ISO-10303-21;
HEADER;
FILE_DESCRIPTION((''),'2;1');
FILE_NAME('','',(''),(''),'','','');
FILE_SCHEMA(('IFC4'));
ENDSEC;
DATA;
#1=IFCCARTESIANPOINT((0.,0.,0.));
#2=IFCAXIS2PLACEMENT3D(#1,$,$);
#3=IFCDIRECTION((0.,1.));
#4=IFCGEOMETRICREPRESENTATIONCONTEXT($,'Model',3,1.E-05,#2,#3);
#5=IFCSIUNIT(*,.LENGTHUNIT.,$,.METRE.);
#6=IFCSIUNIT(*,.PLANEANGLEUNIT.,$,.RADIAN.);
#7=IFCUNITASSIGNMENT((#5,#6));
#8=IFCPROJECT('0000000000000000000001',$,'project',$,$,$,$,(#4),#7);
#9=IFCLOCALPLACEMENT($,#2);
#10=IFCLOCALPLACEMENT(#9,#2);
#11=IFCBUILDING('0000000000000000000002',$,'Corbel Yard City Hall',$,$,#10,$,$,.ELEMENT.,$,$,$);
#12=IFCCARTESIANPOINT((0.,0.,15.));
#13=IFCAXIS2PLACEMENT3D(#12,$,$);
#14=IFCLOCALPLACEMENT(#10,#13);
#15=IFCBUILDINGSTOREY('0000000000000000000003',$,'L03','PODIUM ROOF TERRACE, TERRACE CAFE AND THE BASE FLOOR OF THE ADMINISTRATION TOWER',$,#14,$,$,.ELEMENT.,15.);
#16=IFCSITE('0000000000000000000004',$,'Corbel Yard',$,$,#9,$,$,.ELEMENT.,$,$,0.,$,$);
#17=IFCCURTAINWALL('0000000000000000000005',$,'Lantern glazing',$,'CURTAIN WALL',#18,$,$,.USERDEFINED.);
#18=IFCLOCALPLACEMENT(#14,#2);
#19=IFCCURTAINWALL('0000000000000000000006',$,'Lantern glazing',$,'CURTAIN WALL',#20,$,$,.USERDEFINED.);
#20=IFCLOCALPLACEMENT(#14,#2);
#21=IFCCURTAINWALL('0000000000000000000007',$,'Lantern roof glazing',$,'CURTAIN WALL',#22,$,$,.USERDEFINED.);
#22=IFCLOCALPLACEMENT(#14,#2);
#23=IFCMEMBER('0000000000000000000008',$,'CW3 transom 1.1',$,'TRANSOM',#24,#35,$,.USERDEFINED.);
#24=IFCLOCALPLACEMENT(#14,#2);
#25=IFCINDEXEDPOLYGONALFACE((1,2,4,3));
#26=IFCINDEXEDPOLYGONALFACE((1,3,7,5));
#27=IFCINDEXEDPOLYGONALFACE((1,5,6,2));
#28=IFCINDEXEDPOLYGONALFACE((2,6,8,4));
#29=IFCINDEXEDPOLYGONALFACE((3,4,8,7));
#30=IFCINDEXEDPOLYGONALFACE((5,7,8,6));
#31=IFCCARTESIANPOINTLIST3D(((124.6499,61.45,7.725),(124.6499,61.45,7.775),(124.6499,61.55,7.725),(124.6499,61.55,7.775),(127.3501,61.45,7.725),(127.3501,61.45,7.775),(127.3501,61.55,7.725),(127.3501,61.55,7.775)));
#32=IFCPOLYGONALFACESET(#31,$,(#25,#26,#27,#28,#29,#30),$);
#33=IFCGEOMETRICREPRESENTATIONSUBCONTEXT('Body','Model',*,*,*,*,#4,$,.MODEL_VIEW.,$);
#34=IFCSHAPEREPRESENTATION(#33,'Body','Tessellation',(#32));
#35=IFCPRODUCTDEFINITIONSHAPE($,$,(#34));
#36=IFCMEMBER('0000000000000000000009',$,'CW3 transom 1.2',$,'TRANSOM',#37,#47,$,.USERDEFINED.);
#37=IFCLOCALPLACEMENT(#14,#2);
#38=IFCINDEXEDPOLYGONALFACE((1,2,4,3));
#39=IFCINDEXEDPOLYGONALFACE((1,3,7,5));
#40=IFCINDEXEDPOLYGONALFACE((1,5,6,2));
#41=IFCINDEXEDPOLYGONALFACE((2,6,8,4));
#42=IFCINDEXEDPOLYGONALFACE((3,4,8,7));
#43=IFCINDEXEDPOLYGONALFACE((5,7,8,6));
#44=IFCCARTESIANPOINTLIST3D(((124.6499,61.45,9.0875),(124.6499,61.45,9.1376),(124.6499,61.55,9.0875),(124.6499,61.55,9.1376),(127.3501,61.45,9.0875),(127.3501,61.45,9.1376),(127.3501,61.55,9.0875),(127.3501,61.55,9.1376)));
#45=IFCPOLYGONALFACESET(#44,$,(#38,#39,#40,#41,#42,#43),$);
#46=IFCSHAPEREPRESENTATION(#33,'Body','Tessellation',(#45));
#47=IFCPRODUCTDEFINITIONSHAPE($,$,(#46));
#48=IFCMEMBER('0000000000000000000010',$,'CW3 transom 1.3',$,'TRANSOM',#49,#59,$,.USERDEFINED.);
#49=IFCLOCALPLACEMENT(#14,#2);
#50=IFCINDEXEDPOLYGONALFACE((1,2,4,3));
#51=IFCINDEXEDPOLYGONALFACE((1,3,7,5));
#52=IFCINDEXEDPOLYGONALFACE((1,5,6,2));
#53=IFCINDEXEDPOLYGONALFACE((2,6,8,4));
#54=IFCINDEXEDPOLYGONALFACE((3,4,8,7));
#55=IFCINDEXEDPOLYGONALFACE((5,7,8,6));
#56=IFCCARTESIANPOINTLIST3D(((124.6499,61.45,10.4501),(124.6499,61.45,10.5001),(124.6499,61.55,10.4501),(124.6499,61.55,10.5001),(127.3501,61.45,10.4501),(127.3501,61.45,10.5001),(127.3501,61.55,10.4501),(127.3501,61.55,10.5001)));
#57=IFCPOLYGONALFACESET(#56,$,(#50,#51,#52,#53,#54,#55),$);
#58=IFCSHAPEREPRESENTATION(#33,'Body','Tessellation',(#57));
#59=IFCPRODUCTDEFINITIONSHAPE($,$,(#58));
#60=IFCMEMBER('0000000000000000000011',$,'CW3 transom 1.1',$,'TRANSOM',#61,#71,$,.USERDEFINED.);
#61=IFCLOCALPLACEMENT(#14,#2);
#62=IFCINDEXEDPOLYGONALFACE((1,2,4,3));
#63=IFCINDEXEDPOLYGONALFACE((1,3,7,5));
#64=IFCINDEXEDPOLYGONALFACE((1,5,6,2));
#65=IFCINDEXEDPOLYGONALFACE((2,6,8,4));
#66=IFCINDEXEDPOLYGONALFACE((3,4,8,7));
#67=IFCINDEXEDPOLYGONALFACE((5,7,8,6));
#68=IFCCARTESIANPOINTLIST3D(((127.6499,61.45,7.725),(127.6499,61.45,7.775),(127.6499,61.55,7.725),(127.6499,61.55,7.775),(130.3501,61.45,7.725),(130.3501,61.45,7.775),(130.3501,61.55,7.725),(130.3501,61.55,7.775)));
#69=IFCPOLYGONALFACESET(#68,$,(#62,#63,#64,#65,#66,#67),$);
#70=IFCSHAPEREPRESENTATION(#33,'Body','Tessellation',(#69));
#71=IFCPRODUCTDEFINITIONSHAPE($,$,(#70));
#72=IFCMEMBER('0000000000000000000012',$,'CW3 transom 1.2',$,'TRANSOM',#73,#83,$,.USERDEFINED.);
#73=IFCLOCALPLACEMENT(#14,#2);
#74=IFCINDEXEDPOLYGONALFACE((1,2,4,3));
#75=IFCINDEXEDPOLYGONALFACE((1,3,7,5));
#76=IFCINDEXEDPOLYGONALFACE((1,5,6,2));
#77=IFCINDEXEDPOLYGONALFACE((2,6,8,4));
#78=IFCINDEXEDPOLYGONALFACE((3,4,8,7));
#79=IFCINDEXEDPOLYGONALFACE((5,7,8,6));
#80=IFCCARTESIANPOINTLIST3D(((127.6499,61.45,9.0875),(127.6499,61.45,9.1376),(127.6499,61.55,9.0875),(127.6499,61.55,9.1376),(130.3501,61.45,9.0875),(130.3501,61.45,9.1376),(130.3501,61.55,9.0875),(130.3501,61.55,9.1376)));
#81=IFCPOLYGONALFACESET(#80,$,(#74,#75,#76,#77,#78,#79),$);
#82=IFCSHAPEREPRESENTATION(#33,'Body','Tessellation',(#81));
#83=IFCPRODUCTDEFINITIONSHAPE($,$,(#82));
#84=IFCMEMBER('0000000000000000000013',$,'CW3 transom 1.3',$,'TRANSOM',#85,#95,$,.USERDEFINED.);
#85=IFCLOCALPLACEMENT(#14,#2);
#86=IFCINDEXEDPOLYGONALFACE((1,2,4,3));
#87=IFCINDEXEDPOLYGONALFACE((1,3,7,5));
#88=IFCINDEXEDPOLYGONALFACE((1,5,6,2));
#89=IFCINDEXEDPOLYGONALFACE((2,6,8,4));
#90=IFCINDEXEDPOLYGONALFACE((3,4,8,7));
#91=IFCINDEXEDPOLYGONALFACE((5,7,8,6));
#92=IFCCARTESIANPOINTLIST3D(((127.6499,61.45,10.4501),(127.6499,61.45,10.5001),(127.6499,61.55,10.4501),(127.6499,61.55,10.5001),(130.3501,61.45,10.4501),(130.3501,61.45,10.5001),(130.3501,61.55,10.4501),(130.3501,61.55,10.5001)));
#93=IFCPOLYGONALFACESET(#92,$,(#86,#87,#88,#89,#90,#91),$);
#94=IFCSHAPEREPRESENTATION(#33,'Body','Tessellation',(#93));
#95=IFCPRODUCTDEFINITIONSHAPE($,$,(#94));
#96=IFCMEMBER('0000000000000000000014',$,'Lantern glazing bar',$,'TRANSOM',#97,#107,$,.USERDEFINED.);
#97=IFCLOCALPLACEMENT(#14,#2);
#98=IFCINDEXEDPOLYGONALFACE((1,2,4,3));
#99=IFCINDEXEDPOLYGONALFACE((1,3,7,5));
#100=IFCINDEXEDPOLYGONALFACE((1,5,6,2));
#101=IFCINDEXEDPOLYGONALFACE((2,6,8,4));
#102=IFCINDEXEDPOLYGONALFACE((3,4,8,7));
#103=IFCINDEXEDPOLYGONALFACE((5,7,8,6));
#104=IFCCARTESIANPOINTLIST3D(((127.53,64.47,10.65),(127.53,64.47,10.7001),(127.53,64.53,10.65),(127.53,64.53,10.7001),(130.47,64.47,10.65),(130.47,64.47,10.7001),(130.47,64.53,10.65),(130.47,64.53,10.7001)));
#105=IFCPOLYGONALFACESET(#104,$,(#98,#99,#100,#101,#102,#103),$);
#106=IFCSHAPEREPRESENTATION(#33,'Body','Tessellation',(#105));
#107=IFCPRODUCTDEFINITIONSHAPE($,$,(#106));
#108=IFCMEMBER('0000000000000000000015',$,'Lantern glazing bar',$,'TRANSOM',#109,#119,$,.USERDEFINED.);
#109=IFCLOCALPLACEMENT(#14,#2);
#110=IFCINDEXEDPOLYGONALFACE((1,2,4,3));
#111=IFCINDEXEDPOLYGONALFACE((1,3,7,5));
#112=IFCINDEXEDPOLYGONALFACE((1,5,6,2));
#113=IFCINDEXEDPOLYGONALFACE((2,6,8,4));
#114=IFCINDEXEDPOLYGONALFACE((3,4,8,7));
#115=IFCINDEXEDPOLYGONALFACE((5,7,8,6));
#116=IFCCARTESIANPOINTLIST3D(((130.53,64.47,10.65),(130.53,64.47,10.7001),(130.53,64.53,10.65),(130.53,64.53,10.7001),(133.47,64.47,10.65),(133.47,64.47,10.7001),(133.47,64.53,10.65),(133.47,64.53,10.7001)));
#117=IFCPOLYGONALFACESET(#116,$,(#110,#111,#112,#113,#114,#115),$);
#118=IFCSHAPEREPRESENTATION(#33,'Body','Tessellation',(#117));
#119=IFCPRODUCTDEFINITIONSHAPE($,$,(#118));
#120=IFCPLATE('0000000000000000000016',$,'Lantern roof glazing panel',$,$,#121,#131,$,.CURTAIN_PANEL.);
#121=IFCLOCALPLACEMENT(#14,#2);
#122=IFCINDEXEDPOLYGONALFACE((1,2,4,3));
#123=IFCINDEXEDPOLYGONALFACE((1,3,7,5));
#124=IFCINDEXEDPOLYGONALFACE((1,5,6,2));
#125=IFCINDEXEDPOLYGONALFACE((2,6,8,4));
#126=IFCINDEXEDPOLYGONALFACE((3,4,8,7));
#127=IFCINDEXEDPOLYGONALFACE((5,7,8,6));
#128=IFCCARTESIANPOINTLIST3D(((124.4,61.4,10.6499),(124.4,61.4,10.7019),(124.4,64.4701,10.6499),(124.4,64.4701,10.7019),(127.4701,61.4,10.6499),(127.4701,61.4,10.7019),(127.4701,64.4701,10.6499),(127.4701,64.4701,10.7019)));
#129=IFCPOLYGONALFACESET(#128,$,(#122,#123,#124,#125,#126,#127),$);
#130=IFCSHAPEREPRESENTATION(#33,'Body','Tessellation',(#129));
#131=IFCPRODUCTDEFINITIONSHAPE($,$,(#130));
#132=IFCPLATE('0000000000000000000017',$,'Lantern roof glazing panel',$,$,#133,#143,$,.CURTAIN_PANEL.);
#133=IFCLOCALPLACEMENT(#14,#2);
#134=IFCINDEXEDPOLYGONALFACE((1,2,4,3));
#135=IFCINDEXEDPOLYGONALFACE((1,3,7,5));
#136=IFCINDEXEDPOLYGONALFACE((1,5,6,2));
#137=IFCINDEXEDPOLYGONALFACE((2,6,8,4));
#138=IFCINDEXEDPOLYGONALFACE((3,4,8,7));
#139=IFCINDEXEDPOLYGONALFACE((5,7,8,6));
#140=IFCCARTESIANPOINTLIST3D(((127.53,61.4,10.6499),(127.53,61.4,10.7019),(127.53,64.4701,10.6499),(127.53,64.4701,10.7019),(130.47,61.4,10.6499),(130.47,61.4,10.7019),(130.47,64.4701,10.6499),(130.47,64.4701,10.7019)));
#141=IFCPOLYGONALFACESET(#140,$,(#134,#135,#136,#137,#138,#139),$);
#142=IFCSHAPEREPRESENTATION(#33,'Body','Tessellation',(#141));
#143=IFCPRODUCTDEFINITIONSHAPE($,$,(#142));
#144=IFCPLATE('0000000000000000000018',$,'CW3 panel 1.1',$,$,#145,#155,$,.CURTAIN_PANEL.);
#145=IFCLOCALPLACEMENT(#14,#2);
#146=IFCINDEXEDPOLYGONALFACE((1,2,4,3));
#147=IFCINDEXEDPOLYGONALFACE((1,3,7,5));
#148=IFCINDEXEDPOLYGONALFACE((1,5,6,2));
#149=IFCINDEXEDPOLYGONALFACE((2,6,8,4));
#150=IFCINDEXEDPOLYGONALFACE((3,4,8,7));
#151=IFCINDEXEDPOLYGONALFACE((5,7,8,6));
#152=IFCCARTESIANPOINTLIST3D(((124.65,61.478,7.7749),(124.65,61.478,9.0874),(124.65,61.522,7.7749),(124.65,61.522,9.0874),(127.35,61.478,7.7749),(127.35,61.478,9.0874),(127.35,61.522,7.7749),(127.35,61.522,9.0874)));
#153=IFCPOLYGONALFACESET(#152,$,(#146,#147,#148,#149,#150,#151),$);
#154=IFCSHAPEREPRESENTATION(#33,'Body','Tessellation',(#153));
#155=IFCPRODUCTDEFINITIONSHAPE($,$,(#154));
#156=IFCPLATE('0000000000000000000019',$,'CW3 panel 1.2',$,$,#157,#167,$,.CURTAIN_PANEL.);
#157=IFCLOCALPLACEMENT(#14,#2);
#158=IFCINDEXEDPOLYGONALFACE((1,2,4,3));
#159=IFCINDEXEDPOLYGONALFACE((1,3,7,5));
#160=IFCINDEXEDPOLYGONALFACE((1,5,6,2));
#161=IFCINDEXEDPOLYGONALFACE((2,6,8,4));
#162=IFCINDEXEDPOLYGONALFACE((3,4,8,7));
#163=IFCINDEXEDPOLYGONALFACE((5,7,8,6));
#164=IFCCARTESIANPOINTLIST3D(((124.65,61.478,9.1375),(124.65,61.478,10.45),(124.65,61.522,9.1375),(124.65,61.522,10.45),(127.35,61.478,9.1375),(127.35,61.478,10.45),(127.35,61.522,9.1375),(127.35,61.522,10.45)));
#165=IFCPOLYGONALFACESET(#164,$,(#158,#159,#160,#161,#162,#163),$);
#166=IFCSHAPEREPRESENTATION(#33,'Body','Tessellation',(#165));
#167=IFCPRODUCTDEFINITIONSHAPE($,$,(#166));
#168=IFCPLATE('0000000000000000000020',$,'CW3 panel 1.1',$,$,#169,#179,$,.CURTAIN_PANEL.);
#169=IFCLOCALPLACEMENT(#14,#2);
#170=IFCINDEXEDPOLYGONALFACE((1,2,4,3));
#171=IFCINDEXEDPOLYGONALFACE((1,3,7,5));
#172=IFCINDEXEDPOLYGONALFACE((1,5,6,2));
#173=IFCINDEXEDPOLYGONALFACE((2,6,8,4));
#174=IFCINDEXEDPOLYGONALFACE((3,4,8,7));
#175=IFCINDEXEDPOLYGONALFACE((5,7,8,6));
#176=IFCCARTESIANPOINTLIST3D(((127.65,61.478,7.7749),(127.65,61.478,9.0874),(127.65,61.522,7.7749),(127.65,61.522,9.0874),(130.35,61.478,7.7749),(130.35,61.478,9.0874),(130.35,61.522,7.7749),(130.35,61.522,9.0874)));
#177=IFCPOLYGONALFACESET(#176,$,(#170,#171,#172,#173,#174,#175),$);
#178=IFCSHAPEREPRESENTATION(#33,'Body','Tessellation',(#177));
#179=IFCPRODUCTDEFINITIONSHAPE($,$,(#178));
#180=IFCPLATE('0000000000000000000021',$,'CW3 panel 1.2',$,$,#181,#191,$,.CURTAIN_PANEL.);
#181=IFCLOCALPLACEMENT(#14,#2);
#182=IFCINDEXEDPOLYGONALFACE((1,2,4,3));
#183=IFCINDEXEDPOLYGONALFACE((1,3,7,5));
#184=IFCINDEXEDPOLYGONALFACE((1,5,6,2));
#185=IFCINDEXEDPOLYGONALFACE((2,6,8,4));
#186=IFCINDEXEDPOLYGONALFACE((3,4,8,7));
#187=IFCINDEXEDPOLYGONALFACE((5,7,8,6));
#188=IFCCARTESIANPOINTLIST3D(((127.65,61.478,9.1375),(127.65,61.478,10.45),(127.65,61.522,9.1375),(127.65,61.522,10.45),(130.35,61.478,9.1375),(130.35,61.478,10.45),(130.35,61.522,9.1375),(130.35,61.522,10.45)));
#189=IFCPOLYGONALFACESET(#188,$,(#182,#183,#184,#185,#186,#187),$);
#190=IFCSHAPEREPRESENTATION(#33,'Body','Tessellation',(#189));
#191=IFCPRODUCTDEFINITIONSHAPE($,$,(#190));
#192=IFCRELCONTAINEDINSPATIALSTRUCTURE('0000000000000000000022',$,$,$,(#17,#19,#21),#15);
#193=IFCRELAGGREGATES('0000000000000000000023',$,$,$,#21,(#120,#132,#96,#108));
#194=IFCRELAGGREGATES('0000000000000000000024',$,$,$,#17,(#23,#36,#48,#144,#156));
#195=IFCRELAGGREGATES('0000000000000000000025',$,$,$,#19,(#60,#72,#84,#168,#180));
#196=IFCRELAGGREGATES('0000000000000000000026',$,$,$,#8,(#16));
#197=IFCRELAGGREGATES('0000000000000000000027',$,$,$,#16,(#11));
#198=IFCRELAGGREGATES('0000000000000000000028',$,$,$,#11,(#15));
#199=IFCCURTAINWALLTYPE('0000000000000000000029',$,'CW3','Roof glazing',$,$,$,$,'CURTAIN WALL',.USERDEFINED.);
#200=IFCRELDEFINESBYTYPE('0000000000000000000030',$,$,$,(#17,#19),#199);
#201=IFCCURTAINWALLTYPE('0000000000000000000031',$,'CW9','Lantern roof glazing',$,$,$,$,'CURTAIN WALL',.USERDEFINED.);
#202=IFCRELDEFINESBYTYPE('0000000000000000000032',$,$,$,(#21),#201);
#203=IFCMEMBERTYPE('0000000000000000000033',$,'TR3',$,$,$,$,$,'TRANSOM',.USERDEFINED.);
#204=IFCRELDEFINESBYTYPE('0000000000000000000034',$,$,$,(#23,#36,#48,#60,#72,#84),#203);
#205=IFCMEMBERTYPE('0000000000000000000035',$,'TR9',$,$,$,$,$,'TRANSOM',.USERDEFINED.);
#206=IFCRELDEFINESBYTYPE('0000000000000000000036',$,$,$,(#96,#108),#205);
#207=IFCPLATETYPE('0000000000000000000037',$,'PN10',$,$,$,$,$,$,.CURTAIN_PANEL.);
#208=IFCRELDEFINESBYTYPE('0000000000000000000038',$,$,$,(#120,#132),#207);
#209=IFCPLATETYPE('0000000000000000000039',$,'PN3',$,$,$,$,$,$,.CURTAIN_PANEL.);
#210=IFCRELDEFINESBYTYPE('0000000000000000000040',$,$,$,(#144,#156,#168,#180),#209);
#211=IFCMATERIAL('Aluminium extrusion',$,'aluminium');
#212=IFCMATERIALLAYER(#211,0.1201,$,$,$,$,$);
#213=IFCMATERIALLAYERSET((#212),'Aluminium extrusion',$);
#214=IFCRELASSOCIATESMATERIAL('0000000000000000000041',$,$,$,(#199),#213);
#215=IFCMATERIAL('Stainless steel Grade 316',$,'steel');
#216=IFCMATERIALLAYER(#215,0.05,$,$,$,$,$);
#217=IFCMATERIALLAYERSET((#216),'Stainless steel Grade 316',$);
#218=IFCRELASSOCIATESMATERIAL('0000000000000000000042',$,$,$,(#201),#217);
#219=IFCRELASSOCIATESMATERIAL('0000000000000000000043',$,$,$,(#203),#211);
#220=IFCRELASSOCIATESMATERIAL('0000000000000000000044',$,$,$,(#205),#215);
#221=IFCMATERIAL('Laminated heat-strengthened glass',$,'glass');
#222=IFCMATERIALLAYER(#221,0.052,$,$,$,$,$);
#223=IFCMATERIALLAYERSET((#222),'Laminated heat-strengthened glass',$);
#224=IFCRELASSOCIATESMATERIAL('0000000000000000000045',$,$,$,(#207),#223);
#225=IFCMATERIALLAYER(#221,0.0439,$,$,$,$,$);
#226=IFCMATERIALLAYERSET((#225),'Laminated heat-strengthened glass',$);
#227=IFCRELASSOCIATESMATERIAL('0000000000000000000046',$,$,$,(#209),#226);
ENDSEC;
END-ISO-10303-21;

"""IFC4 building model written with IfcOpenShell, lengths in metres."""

from ifc_helpers import new_model, si_unit, direction, frame, origin, origin_2d, place, context, subcontext, project, spatial, rectangle, extrude, material, layer, layer_set, material_profile, profile_set, type_object, element, aggregate, save


model = new_model("IFC4")

# Units and contexts
model_context = context("Model", 3, precision=1e-05, world=origin(), true_north=direction((0.0, 1.0)))
body_context = subcontext(model_context, "Body", "Model", "MODEL_VIEW")
ifc_project = project(units=[si_unit("LENGTHUNIT", "METRE"), si_unit("PLANEANGLEUNIT", "RADIAN")], contexts=[model_context])

# Site, building, storey
site_placement = place(None, origin())
site = spatial("IfcSite", under=ifc_project, at=site_placement, Name="Corbel Yard", CompositionType="ELEMENT", RefElevation=0.0)
building_placement = place(site_placement, origin())
building = spatial("IfcBuilding", under=site, at=building_placement, Name="Corbel Yard City Hall", CompositionType="ELEMENT")
storey_placement = place(building_placement, frame((0.0, 0.0, 15.0)))
storey = spatial("IfcBuildingStorey", under=building, at=storey_placement, Name="L03", Description="PODIUM ROOF TERRACE, TERRACE CAFE AND THE BASE FLOOR OF THE ADMINISTRATION TOWER", CompositionType="ELEMENT", Elevation=15.0)

# Curtain wall
ifc_material_1 = material(Name="Aluminium extrusion", Category="aluminium")
ifc_layer_1 = layer(ifc_material_1, 0.1201)
ifc_layer_set_1 = layer_set([ifc_layer_1], Name="Aluminium extrusion")
curtain_wall_type_1 = type_object("IfcCurtainWallType", Name="CW3", Description="Roof glazing", ElementType="CURTAIN WALL", PredefinedType="USERDEFINED", material=ifc_layer_set_1)
curtain_wall_1_placement = place(storey_placement, origin())
curtain_wall_1 = element("IfcCurtainWall", 1, at=curtain_wall_1_placement, inside=storey, type_object=curtain_wall_type_1, Name="Lantern glazing", ObjectType="CURTAIN WALL", PredefinedType="USERDEFINED")

# Curtain walls
curtain_wall_2_placement = place(storey_placement, origin())
curtain_wall_2 = element("IfcCurtainWall", 2, at=curtain_wall_2_placement, inside=storey, type_object=curtain_wall_type_1, Name="Lantern glazing", ObjectType="CURTAIN WALL", PredefinedType="USERDEFINED")
ifc_material_2 = material(Name="Stainless steel Grade 316", Category="steel")
ifc_layer_2 = layer(ifc_material_2, 0.05)
ifc_layer_set_2 = layer_set([ifc_layer_2], Name="Stainless steel Grade 316")
curtain_wall_type_2 = type_object("IfcCurtainWallType", Name="CW9", Description="Lantern roof glazing", ElementType="CURTAIN WALL", PredefinedType="USERDEFINED", material=ifc_layer_set_2)
curtain_wall_3_placement = place(storey_placement, origin())
curtain_wall_3 = element("IfcCurtainWall", 3, at=curtain_wall_3_placement, inside=storey, type_object=curtain_wall_type_2, Name="Lantern roof glazing", ObjectType="CURTAIN WALL", PredefinedType="USERDEFINED")

# Shared definitions
ifc_material_profile_1 = material_profile(ifc_material_1, rectangle(XDim=0.1001, YDim=0.05, at=origin_2d()), Name="100x50")
ifc_profile_set_1 = profile_set([ifc_material_profile_1], Name="Aluminium extrusion")
member_type_1 = type_object("IfcMemberType", Name="TR3", ElementType="TRANSOM", PredefinedType="USERDEFINED", material=ifc_profile_set_1)

# Members
member_1_placement = place(storey_placement, frame((124.6499, 61.5, 7.75), z_axis=(1.0, 0.0, 0.0), x_axis=(0.0, 1.0, 0.0)))
member_1 = element("IfcMember", 4, at=member_1_placement, type_object=member_type_1, Name="CW3 transom 1.1", ObjectType="TRANSOM", PredefinedType="USERDEFINED", context=body_context, shape_type="SweptSolid", body=[
    extrude(rectangle(XDim=0.1001, YDim=0.05, at=origin_2d()), origin(), (0.0, 0.0, 1.0), 2.7002),
])
member_2_placement = place(storey_placement, frame((124.6499, 61.5, 9.1125), z_axis=(1.0, 0.0, 0.0), x_axis=(0.0, 1.0, 0.0)))
member_2 = element("IfcMember", 5, at=member_2_placement, type_object=member_type_1, Name="CW3 transom 1.2", ObjectType="TRANSOM", PredefinedType="USERDEFINED", context=body_context, shape_type="SweptSolid", body=[
    extrude(rectangle(XDim=0.1001, YDim=0.05, at=origin_2d()), origin(), (0.0, 0.0, 1.0), 2.7002),
])
member_3_placement = place(storey_placement, frame((124.6499, 61.5, 10.4751), z_axis=(1.0, 0.0, 0.0), x_axis=(0.0, 1.0, 0.0)))
member_3 = element("IfcMember", 6, at=member_3_placement, type_object=member_type_1, Name="CW3 transom 1.3", ObjectType="TRANSOM", PredefinedType="USERDEFINED", context=body_context, shape_type="SweptSolid", body=[
    extrude(rectangle(XDim=0.1001, YDim=0.05, at=origin_2d()), origin(), (0.0, 0.0, 1.0), 2.7002),
])
member_4_placement = place(storey_placement, frame((127.6499, 61.5, 7.75), z_axis=(1.0, 0.0, 0.0), x_axis=(0.0, 1.0, 0.0)))
member_4 = element("IfcMember", 7, at=member_4_placement, type_object=member_type_1, Name="CW3 transom 1.1", ObjectType="TRANSOM", PredefinedType="USERDEFINED", context=body_context, shape_type="SweptSolid", body=[
    extrude(rectangle(XDim=0.1001, YDim=0.05, at=origin_2d()), origin(), (0.0, 0.0, 1.0), 2.7002),
])
member_5_placement = place(storey_placement, frame((127.6499, 61.5, 9.1125), z_axis=(1.0, 0.0, 0.0), x_axis=(0.0, 1.0, 0.0)))
member_5 = element("IfcMember", 8, at=member_5_placement, type_object=member_type_1, Name="CW3 transom 1.2", ObjectType="TRANSOM", PredefinedType="USERDEFINED", context=body_context, shape_type="SweptSolid", body=[
    extrude(rectangle(XDim=0.1001, YDim=0.05, at=origin_2d()), origin(), (0.0, 0.0, 1.0), 2.7002),
])
member_6_placement = place(storey_placement, frame((127.6499, 61.5, 10.4751), z_axis=(1.0, 0.0, 0.0), x_axis=(0.0, 1.0, 0.0)))
member_6 = element("IfcMember", 9, at=member_6_placement, type_object=member_type_1, Name="CW3 transom 1.3", ObjectType="TRANSOM", PredefinedType="USERDEFINED", context=body_context, shape_type="SweptSolid", body=[
    extrude(rectangle(XDim=0.1001, YDim=0.05, at=origin_2d()), origin(), (0.0, 0.0, 1.0), 2.7002),
])
ifc_material_profile_2 = material_profile(ifc_material_2, rectangle(XDim=0.0601, YDim=0.05, at=origin_2d()), Name="60x50")
ifc_profile_set_2 = profile_set([ifc_material_profile_2], Name="Stainless steel Grade 316")
member_type_2 = type_object("IfcMemberType", Name="TR9", ElementType="TRANSOM", PredefinedType="USERDEFINED", material=ifc_profile_set_2)
member_7_placement = place(storey_placement, frame((127.53, 64.5, 10.675), z_axis=(1.0, 0.0, 0.0), x_axis=(0.0, 1.0, 0.0)))
member_7 = element("IfcMember", 10, at=member_7_placement, type_object=member_type_2, Name="Lantern glazing bar", ObjectType="TRANSOM", PredefinedType="USERDEFINED", context=body_context, shape_type="SweptSolid", body=[
    extrude(rectangle(XDim=0.0601, YDim=0.05, at=origin_2d()), origin(), (0.0, 0.0, 1.0), 2.9399),
])
member_8_placement = place(storey_placement, frame((130.53, 64.5, 10.675), z_axis=(1.0, 0.0, 0.0), x_axis=(0.0, 1.0, 0.0)))
member_8 = element("IfcMember", 11, at=member_8_placement, type_object=member_type_2, Name="Lantern glazing bar", ObjectType="TRANSOM", PredefinedType="USERDEFINED", context=body_context, shape_type="SweptSolid", body=[
    extrude(rectangle(XDim=0.0601, YDim=0.05, at=origin_2d()), origin(), (0.0, 0.0, 1.0), 2.9399),
])

# Plates
ifc_material_3 = material(Name="Laminated heat-strengthened glass", Category="glass")
ifc_layer_3 = layer(ifc_material_3, 0.052)
ifc_layer_set_3 = layer_set([ifc_layer_3], Name="Laminated heat-strengthened glass")
plate_type_1 = type_object("IfcPlateType", Name="PN10", PredefinedType="CURTAIN_PANEL", material=ifc_layer_set_3)
plate_1_placement = place(storey_placement, frame((125.9351, 62.9351, 10.6499), z_axis=(0.0, 0.0, 1.0), x_axis=(1.0, 0.0, 0.0)))
plate_1 = element("IfcPlate", 12, at=plate_1_placement, type_object=plate_type_1, Name="Lantern roof glazing panel", PredefinedType="CURTAIN_PANEL", context=body_context, shape_type="SweptSolid", body=[
    extrude(rectangle(XDim=3.0701, YDim=3.0701, at=origin_2d()), origin(), (0.0, 0.0, 1.0), 0.052),
])
plate_2_placement = place(storey_placement, frame((129.0, 62.9351, 10.6499), z_axis=(0.0, 0.0, 1.0), x_axis=(1.0, 0.0, 0.0)))
plate_2 = element("IfcPlate", 13, at=plate_2_placement, type_object=plate_type_1, Name="Lantern roof glazing panel", PredefinedType="CURTAIN_PANEL", context=body_context, shape_type="SweptSolid", body=[
    extrude(rectangle(XDim=2.9399, YDim=3.0701, at=origin_2d()), origin(), (0.0, 0.0, 1.0), 0.052),
])
aggregate(curtain_wall_3, [plate_1, plate_2, member_7, member_8])
ifc_layer_4 = layer(ifc_material_3, 0.0439)
ifc_layer_set_4 = layer_set([ifc_layer_4], Name="Laminated heat-strengthened glass")
plate_type_2 = type_object("IfcPlateType", Name="PN3", PredefinedType="CURTAIN_PANEL", material=ifc_layer_set_4)
plate_3_placement = place(storey_placement, frame((126.0, 61.5, 7.7749), z_axis=(0.0, 0.0, 1.0), x_axis=(1.0, 0.0, 0.0)))
plate_3 = element("IfcPlate", 14, at=plate_3_placement, type_object=plate_type_2, Name="CW3 panel 1.1", PredefinedType="CURTAIN_PANEL", context=body_context, shape_type="SweptSolid", body=[
    extrude(rectangle(XDim=2.7, YDim=0.0439, at=origin_2d()), origin(), (0.0, 0.0, 1.0), 1.3125),
])
plate_4_placement = place(storey_placement, frame((126.0, 61.5, 9.1375), z_axis=(0.0, 0.0, 1.0), x_axis=(1.0, 0.0, 0.0)))
plate_4 = element("IfcPlate", 15, at=plate_4_placement, type_object=plate_type_2, Name="CW3 panel 1.2", PredefinedType="CURTAIN_PANEL", context=body_context, shape_type="SweptSolid", body=[
    extrude(rectangle(XDim=2.7, YDim=0.0439, at=origin_2d()), origin(), (0.0, 0.0, 1.0), 1.3125),
])
aggregate(curtain_wall_1, [member_1, member_2, member_3, plate_3, plate_4])
plate_5_placement = place(storey_placement, frame((129.0, 61.5, 7.7749), z_axis=(0.0, 0.0, 1.0), x_axis=(1.0, 0.0, 0.0)))
plate_5 = element("IfcPlate", 16, at=plate_5_placement, type_object=plate_type_2, Name="CW3 panel 1.1", PredefinedType="CURTAIN_PANEL", context=body_context, shape_type="SweptSolid", body=[
    extrude(rectangle(XDim=2.7, YDim=0.0439, at=origin_2d()), origin(), (0.0, 0.0, 1.0), 1.3125),
])
plate_6_placement = place(storey_placement, frame((129.0, 61.5, 9.1375), z_axis=(0.0, 0.0, 1.0), x_axis=(1.0, 0.0, 0.0)))
plate_6 = element("IfcPlate", 17, at=plate_6_placement, type_object=plate_type_2, Name="CW3 panel 1.2", PredefinedType="CURTAIN_PANEL", context=body_context, shape_type="SweptSolid", body=[
    extrude(rectangle(XDim=2.7, YDim=0.0439, at=origin_2d()), origin(), (0.0, 0.0, 1.0), 1.3125),
])
aggregate(curtain_wall_2, [member_4, member_5, member_6, plate_5, plate_6])

save(model, "model.ifc")
